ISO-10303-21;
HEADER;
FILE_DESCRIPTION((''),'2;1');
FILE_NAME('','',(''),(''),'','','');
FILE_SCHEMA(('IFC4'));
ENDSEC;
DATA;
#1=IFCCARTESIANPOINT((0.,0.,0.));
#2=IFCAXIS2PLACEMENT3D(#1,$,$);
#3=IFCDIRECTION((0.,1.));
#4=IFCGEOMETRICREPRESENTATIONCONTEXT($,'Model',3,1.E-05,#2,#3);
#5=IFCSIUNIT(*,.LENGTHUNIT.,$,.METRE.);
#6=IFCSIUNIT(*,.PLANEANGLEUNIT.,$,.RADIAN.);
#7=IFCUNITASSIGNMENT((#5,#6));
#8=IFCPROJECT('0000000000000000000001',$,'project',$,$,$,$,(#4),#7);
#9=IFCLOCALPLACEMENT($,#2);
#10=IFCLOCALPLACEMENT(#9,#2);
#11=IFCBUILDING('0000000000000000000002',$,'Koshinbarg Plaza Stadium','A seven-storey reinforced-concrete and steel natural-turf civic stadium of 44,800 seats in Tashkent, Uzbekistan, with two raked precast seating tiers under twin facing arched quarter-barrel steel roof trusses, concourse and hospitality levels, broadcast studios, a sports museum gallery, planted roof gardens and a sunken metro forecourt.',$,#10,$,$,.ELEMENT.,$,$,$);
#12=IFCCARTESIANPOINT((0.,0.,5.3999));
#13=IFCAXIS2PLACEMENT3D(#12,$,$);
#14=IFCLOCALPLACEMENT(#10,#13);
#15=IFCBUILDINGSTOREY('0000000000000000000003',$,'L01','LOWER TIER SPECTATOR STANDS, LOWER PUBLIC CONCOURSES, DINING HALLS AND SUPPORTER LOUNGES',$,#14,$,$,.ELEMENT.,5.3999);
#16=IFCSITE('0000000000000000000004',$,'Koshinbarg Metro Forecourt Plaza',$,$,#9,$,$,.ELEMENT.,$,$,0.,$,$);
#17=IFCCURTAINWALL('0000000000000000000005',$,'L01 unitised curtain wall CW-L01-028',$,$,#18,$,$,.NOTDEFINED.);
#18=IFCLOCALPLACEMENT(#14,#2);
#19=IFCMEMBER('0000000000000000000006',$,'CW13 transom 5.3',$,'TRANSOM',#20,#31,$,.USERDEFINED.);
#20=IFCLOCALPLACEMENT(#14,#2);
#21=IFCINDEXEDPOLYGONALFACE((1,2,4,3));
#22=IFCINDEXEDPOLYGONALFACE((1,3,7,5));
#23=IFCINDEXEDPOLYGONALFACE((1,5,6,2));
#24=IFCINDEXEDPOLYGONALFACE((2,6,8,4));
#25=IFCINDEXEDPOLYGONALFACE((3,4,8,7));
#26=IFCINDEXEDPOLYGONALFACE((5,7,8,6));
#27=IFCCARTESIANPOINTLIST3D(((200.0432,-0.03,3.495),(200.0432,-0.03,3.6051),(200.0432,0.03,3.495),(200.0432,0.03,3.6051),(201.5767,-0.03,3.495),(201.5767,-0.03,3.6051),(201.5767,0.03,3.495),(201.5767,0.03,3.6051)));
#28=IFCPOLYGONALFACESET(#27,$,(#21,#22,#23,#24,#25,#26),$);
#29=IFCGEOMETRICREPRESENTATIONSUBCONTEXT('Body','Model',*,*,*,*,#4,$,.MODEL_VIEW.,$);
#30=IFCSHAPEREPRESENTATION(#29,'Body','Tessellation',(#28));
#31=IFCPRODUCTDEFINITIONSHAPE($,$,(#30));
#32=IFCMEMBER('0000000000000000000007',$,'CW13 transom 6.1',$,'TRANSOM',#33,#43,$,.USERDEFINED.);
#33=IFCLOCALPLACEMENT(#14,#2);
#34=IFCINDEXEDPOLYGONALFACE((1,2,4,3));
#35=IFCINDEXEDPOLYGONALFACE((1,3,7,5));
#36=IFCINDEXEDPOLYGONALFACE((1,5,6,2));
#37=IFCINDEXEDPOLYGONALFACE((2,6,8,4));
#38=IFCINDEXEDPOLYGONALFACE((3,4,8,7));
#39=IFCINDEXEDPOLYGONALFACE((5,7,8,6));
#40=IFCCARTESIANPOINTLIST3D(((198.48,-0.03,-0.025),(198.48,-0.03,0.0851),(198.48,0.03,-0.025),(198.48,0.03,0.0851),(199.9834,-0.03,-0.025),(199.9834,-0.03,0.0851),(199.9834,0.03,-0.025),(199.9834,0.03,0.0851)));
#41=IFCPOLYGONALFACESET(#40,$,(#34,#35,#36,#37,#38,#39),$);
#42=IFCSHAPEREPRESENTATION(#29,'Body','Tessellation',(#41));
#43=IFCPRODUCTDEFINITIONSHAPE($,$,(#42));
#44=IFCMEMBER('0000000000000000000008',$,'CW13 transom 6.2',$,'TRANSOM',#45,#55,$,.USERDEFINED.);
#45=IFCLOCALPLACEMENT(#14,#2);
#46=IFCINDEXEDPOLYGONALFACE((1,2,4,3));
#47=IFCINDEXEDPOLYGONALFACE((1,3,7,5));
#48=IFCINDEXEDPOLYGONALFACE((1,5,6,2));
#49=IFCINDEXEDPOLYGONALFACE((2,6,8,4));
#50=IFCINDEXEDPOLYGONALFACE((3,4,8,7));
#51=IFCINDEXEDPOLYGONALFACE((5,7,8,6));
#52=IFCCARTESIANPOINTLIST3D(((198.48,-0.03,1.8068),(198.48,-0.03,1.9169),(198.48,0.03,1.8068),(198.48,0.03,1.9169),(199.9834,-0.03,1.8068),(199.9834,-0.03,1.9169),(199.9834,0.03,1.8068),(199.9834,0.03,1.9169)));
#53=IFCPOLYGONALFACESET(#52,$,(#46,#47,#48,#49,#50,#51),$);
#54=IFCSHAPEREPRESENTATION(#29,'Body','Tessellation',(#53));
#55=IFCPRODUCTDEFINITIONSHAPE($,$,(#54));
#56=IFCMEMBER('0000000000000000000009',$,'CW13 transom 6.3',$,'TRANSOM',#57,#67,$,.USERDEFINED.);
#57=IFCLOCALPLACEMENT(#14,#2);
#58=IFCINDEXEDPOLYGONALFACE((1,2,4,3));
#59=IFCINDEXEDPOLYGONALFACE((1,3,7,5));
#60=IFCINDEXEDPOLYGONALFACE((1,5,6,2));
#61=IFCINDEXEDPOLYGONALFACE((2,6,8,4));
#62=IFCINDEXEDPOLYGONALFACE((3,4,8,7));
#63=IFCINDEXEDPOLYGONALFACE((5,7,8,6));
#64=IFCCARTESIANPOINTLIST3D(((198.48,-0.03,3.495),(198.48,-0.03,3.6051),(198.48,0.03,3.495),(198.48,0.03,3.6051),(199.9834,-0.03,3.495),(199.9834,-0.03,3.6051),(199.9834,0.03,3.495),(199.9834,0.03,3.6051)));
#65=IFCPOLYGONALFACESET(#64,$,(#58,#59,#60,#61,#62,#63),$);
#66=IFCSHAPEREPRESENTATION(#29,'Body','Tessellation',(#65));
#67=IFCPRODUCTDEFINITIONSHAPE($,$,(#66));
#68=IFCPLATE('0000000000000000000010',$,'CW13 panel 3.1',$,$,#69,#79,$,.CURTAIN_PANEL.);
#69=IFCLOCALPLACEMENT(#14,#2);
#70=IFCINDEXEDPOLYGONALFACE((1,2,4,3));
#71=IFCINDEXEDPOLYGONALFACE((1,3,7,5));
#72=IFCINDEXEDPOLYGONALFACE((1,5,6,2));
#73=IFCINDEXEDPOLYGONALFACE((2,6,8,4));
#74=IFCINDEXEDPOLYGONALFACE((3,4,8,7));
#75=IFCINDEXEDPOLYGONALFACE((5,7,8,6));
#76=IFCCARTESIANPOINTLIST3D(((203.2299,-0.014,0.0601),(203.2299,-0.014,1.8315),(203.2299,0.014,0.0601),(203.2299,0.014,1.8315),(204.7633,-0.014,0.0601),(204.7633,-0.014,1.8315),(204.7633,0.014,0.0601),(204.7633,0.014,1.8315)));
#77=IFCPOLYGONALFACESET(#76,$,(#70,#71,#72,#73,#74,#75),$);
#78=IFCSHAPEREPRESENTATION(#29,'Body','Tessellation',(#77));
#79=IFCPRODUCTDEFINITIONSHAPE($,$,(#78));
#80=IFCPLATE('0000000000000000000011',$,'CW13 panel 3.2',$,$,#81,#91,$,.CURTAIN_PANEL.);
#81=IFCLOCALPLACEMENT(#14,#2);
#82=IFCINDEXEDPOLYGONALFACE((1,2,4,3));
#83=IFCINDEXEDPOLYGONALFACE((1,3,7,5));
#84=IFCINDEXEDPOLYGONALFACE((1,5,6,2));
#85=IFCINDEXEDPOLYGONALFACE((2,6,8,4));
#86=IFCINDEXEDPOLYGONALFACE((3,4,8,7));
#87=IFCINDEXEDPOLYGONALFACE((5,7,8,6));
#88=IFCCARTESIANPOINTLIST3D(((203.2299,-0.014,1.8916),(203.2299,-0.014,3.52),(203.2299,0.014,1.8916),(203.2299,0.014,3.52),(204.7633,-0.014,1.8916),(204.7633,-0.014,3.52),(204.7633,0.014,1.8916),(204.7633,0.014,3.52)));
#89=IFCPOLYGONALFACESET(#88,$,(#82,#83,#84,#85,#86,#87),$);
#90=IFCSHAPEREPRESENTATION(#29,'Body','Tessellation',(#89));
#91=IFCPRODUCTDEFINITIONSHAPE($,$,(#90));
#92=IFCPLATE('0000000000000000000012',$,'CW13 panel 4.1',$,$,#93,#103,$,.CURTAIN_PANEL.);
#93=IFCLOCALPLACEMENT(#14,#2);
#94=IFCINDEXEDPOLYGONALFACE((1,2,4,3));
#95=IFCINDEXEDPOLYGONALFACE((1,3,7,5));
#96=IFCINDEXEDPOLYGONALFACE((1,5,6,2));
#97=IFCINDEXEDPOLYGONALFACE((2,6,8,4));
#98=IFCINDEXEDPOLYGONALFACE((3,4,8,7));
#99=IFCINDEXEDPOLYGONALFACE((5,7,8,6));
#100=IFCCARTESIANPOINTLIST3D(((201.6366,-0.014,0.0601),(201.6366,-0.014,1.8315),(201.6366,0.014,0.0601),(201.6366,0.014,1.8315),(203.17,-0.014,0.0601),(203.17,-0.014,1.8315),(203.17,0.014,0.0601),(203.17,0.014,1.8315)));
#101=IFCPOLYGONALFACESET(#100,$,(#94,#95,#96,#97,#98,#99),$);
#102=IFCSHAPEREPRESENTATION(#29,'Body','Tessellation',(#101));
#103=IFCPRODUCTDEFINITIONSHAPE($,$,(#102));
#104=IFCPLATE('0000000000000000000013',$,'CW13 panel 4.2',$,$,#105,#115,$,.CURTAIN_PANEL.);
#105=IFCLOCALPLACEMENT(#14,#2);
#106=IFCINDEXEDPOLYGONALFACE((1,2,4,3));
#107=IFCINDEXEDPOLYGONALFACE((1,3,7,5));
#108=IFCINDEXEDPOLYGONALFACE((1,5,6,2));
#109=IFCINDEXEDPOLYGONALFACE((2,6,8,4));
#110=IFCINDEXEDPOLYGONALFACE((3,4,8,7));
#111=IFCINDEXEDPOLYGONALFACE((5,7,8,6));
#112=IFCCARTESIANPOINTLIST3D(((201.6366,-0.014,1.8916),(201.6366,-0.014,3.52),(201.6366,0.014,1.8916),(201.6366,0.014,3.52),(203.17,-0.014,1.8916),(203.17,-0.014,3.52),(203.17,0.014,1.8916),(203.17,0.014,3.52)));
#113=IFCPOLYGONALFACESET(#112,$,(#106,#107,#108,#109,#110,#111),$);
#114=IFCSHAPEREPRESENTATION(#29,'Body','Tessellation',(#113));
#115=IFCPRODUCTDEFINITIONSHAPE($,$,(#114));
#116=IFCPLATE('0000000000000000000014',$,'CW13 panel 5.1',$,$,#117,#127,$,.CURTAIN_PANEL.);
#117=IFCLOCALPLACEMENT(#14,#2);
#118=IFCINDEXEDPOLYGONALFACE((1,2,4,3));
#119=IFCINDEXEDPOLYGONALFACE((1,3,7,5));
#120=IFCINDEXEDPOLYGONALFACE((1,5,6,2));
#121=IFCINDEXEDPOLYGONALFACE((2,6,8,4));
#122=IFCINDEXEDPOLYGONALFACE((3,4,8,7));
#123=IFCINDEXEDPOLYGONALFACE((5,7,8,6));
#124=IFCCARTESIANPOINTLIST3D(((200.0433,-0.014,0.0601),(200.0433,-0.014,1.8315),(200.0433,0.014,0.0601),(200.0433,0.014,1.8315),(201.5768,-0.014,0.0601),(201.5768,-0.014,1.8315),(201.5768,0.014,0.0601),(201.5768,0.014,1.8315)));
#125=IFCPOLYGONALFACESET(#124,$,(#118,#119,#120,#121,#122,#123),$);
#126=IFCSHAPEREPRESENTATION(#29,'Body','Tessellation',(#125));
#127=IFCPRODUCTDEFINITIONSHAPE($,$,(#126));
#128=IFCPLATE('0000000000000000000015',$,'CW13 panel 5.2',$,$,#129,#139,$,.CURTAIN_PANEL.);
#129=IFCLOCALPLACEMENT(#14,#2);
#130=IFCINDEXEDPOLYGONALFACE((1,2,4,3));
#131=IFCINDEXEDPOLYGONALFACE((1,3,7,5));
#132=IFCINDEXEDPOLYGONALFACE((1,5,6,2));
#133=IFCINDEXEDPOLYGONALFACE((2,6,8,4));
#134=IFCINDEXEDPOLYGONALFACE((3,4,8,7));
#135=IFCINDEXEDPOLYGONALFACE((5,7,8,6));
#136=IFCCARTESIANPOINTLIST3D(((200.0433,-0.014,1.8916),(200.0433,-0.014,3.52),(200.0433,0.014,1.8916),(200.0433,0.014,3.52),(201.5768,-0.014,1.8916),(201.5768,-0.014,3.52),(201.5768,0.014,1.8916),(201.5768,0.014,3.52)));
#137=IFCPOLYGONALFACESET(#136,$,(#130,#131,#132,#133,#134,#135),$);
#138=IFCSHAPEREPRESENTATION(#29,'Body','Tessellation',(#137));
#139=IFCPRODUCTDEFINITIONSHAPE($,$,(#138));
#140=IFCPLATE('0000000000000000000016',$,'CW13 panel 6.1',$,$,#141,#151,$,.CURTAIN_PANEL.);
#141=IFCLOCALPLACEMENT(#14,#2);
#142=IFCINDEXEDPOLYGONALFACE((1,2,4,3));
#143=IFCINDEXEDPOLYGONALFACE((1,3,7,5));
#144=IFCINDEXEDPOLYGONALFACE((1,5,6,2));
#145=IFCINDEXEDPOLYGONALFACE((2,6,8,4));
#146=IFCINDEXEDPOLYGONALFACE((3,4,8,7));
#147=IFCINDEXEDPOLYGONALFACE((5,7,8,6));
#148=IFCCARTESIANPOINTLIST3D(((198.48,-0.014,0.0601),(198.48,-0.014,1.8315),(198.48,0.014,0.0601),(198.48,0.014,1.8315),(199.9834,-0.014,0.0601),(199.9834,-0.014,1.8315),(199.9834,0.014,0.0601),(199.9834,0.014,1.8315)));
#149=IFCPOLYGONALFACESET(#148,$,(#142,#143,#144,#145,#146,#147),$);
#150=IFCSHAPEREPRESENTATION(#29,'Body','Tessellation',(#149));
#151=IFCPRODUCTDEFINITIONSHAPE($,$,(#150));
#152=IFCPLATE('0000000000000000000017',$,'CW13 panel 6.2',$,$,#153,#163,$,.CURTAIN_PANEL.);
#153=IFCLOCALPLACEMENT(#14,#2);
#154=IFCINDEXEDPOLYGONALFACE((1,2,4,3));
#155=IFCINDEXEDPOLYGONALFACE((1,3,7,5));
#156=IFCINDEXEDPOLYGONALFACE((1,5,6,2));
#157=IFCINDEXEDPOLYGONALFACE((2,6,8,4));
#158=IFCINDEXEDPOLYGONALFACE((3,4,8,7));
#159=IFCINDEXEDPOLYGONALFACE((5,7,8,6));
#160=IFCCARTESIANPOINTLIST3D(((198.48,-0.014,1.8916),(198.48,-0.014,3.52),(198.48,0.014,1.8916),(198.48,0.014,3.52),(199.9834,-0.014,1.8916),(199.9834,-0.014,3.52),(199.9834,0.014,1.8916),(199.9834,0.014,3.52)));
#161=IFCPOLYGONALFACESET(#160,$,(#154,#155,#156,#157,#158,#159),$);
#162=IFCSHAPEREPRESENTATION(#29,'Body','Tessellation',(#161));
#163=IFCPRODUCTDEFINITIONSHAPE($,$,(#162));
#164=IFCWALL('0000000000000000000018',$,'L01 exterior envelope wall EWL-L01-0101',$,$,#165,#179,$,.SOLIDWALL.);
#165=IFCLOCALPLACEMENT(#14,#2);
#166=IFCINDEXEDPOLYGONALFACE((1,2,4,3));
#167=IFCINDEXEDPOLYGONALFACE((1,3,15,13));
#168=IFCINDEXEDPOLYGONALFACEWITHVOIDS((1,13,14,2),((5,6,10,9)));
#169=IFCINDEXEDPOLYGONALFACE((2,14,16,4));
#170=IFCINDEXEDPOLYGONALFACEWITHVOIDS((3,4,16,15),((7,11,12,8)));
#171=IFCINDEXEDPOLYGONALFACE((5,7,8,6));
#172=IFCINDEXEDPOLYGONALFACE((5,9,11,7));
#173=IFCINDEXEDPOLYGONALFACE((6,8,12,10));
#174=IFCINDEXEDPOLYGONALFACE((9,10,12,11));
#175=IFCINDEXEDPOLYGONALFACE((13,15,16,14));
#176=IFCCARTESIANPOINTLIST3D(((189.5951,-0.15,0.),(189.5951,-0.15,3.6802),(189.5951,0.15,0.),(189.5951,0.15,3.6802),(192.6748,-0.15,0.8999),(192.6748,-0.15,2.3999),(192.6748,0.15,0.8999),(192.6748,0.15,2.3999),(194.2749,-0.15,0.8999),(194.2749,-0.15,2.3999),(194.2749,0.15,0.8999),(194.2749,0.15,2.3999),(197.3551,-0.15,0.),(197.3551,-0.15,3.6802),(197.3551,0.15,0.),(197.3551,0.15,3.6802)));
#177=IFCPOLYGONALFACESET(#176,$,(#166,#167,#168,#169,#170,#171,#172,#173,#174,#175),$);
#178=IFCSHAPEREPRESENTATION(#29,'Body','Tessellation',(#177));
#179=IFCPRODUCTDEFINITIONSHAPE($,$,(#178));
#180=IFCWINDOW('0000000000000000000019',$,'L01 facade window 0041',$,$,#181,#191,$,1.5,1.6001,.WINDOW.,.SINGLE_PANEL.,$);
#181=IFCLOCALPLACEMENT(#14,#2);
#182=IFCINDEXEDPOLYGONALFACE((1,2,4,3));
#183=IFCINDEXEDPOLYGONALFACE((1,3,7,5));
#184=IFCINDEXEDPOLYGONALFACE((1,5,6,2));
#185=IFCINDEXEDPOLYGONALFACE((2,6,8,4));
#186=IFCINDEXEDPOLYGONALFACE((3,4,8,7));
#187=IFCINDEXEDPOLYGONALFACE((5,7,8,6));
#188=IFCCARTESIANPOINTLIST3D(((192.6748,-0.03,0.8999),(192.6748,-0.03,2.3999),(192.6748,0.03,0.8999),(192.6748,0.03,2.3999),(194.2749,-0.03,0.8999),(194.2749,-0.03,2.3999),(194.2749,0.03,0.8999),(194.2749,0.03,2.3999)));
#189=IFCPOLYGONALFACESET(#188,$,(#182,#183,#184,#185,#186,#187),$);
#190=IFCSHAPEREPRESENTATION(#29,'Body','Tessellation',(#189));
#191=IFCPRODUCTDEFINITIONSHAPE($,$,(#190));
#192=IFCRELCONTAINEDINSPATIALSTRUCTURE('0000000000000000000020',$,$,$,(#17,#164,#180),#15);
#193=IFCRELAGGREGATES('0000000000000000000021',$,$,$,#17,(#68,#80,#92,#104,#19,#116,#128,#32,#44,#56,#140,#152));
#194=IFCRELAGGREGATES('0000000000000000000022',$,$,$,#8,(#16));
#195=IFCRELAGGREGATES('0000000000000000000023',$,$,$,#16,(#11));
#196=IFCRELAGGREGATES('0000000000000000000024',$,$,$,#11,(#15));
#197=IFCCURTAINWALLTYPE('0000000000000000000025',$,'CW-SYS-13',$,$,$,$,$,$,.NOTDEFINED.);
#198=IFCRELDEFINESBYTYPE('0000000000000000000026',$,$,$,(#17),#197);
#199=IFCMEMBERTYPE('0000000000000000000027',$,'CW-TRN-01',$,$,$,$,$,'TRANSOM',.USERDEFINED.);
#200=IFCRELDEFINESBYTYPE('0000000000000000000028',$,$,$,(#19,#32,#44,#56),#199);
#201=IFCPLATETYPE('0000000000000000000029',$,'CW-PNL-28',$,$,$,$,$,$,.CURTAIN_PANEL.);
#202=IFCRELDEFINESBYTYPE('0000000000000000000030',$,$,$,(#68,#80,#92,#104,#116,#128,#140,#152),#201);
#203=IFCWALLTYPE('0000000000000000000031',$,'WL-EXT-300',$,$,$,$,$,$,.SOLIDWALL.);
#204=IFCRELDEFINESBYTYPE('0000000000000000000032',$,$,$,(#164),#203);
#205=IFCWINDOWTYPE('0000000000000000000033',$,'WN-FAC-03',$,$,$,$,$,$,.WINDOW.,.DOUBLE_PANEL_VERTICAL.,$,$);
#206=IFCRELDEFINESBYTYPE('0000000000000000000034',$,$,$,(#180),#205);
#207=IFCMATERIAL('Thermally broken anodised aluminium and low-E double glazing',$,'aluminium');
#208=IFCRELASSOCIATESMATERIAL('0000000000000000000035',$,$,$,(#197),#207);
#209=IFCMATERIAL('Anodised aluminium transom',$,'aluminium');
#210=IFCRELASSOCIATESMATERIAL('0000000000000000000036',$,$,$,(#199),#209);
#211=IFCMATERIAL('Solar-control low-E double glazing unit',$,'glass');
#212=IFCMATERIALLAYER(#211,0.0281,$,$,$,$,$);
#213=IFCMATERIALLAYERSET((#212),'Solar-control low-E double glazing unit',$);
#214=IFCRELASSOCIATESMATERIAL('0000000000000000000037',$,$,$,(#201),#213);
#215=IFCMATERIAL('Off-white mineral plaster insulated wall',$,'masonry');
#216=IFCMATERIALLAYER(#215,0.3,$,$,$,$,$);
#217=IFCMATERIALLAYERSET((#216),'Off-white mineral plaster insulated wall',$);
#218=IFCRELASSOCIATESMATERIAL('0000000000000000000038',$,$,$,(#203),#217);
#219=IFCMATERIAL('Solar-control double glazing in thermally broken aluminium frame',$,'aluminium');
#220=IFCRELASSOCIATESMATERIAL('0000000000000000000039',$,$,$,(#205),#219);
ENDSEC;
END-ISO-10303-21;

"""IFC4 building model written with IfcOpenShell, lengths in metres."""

from ifc_helpers import new_model, si_unit, direction, frame, frame_2d, origin, origin_2d, place, context, subcontext, project, spatial, rectangle, extrude, material, layer, layer_set, material_profile, profile_set, type_object, element, fill, aggregate, save


model = new_model("IFC4")

# Units and contexts
model_context = context("Model", 3, precision=1e-05, world=origin(), true_north=direction((0.0, 1.0)))
body_context = subcontext(model_context, "Body", "Model", "MODEL_VIEW")
ifc_project = project(units=[si_unit("LENGTHUNIT", "METRE"), si_unit("PLANEANGLEUNIT", "RADIAN")], contexts=[model_context])

# Site, building, storey
site_placement = place(None, origin())
site = spatial("IfcSite", under=ifc_project, at=site_placement, Name="Koshinbarg Metro Forecourt Plaza", CompositionType="ELEMENT", RefElevation=0.0)
building_placement = place(site_placement, origin())
building = spatial("IfcBuilding", under=site, at=building_placement, Name="Koshinbarg Plaza Stadium", Description="A seven-storey reinforced-concrete and steel natural-turf civic stadium of 44,800 seats in Tashkent, Uzbekistan, with two raked precast seating tiers under twin facing arched quarter-barrel steel roof trusses, concourse and hospitality levels, broadcast studios, a sports museum gallery, planted roof gardens and a sunken metro forecourt.", CompositionType="ELEMENT")
storey_placement = place(building_placement, frame((0.0, 0.0, 5.3999)))
storey = spatial("IfcBuildingStorey", under=building, at=storey_placement, Name="L01", Description="LOWER TIER SPECTATOR STANDS, LOWER PUBLIC CONCOURSES, DINING HALLS AND SUPPORTER LOUNGES", CompositionType="ELEMENT", Elevation=5.3999)

# Curtain wall, members, plates
ifc_material_1 = material(Name="Thermally broken anodised aluminium and low-E double glazing", Category="aluminium")
curtain_wall_type = type_object("IfcCurtainWallType", Name="CW-SYS-13", PredefinedType="NOTDEFINED", material=ifc_material_1)
curtain_wall_placement = place(storey_placement, origin())
curtain_wall = element("IfcCurtainWall", 1, at=curtain_wall_placement, inside=storey, type_object=curtain_wall_type, Name="L01 unitised curtain wall CW-L01-028", PredefinedType="NOTDEFINED")
ifc_material_2 = material(Name="Anodised aluminium transom", Category="aluminium")
ifc_material_profile_1 = material_profile(ifc_material_2, rectangle(XDim=0.0601, YDim=0.1101, at=origin_2d()), Name="ALU 60x110")
ifc_profile_set_1 = profile_set([ifc_material_profile_1], Name="Anodised aluminium transom")
member_type_1 = type_object("IfcMemberType", Name="CW-TRN-01", ElementType="TRANSOM", PredefinedType="USERDEFINED", material=ifc_profile_set_1)
member_1_placement = place(storey_placement, frame((201.5767, 0.0, 3.55), z_axis=(-1.0, 0.0, 0.0), x_axis=(0.0, -1.0, 0.0)))
member_1 = element("IfcMember", 2, at=member_1_placement, type_object=member_type_1, Name="CW13 transom 5.3", ObjectType="TRANSOM", PredefinedType="USERDEFINED", context=body_context, shape_type="SweptSolid", body=[
    extrude(rectangle(XDim=0.0601, YDim=0.1101, at=origin_2d()), origin(), (0.0, 0.0, 1.0), 1.5334),
])
member_2_placement = place(storey_placement, frame((199.9834, 0.0, 0.03), z_axis=(-1.0, 0.0, 0.0), x_axis=(0.0, -1.0, 0.0)))
member_2 = element("IfcMember", 3, at=member_2_placement, type_object=member_type_1, Name="CW13 transom 6.1", ObjectType="TRANSOM", PredefinedType="USERDEFINED", context=body_context, shape_type="SweptSolid", body=[
    extrude(rectangle(XDim=0.0601, YDim=0.1101, at=origin_2d()), origin(), (0.0, 0.0, 1.0), 1.5034),
])
member_3_placement = place(storey_placement, frame((199.9834, 0.0, 1.8618), z_axis=(-1.0, 0.0, 0.0), x_axis=(0.0, -1.0, 0.0)))
member_3 = element("IfcMember", 4, at=member_3_placement, type_object=member_type_1, Name="CW13 transom 6.2", ObjectType="TRANSOM", PredefinedType="USERDEFINED", context=body_context, shape_type="SweptSolid", body=[
    extrude(rectangle(XDim=0.0601, YDim=0.1101, at=origin_2d()), origin(), (0.0, 0.0, 1.0), 1.5034),
])
member_4_placement = place(storey_placement, frame((199.9834, 0.0, 3.55), z_axis=(-1.0, 0.0, 0.0), x_axis=(0.0, -1.0, 0.0)))
member_4 = element("IfcMember", 5, at=member_4_placement, type_object=member_type_1, Name="CW13 transom 6.3", ObjectType="TRANSOM", PredefinedType="USERDEFINED", context=body_context, shape_type="SweptSolid", body=[
    extrude(rectangle(XDim=0.0601, YDim=0.1101, at=origin_2d()), origin(), (0.0, 0.0, 1.0), 1.5034),
])
ifc_material_3 = material(Name="Solar-control low-E double glazing unit", Category="glass")
ifc_layer_1 = layer(ifc_material_3, 0.0281)
ifc_layer_set_1 = layer_set([ifc_layer_1], Name="Solar-control low-E double glazing unit")
plate_type = type_object("IfcPlateType", Name="CW-PNL-28", PredefinedType="CURTAIN_PANEL", material=ifc_layer_set_1)
plate_1_placement = place(storey_placement, frame((203.9966, 0.0, 0.0601), z_axis=(0.0, 0.0, 1.0), x_axis=(-1.0, 0.0, 0.0)))
plate_1 = element("IfcPlate", 6, at=plate_1_placement, type_object=plate_type, Name="CW13 panel 3.1", PredefinedType="CURTAIN_PANEL", context=body_context, shape_type="SweptSolid", body=[
    extrude(rectangle(XDim=1.5334, YDim=0.0281, at=origin_2d()), origin(), (0.0, 0.0, 1.0), 1.7715),
])
plate_2_placement = place(storey_placement, frame((203.9966, 0.0, 1.8916), z_axis=(0.0, 0.0, 1.0), x_axis=(-1.0, 0.0, 0.0)))
plate_2 = element("IfcPlate", 7, at=plate_2_placement, type_object=plate_type, Name="CW13 panel 3.2", PredefinedType="CURTAIN_PANEL", context=body_context, shape_type="SweptSolid", body=[
    extrude(rectangle(XDim=1.5334, YDim=0.0281, at=origin_2d()), origin(), (0.0, 0.0, 1.0), 1.6284),
])
plate_3_placement = place(storey_placement, frame((202.4033, 0.0, 0.0601), z_axis=(0.0, 0.0, 1.0), x_axis=(-1.0, 0.0, 0.0)))
plate_3 = element("IfcPlate", 8, at=plate_3_placement, type_object=plate_type, Name="CW13 panel 4.1", PredefinedType="CURTAIN_PANEL", context=body_context, shape_type="SweptSolid", body=[
    extrude(rectangle(XDim=1.5334, YDim=0.0281, at=origin_2d()), origin(), (0.0, 0.0, 1.0), 1.7715),
])
plate_4_placement = place(storey_placement, frame((202.4033, 0.0, 1.8916), z_axis=(0.0, 0.0, 1.0), x_axis=(-1.0, 0.0, 0.0)))
plate_4 = element("IfcPlate", 9, at=plate_4_placement, type_object=plate_type, Name="CW13 panel 4.2", PredefinedType="CURTAIN_PANEL", context=body_context, shape_type="SweptSolid", body=[
    extrude(rectangle(XDim=1.5334, YDim=0.0281, at=origin_2d()), origin(), (0.0, 0.0, 1.0), 1.6284),
])
plate_5_placement = place(storey_placement, frame((200.8101, 0.0, 0.0601), z_axis=(0.0, 0.0, 1.0), x_axis=(-1.0, 0.0, 0.0)))
plate_5 = element("IfcPlate", 10, at=plate_5_placement, type_object=plate_type, Name="CW13 panel 5.1", PredefinedType="CURTAIN_PANEL", context=body_context, shape_type="SweptSolid", body=[
    extrude(rectangle(XDim=1.5334, YDim=0.0281, at=origin_2d()), origin(), (0.0, 0.0, 1.0), 1.7715),
])
plate_6_placement = place(storey_placement, frame((200.8101, 0.0, 1.8916), z_axis=(0.0, 0.0, 1.0), x_axis=(-1.0, 0.0, 0.0)))
plate_6 = element("IfcPlate", 11, at=plate_6_placement, type_object=plate_type, Name="CW13 panel 5.2", PredefinedType="CURTAIN_PANEL", context=body_context, shape_type="SweptSolid", body=[
    extrude(rectangle(XDim=1.5334, YDim=0.0281, at=origin_2d()), origin(), (0.0, 0.0, 1.0), 1.6284),
])
plate_7_placement = place(storey_placement, frame((199.2317, 0.0, 0.0601), z_axis=(0.0, 0.0, 1.0), x_axis=(-1.0, 0.0, 0.0)))
plate_7 = element("IfcPlate", 12, at=plate_7_placement, type_object=plate_type, Name="CW13 panel 6.1", PredefinedType="CURTAIN_PANEL", context=body_context, shape_type="SweptSolid", body=[
    extrude(rectangle(XDim=1.5034, YDim=0.0281, at=origin_2d()), origin(), (0.0, 0.0, 1.0), 1.7715),
])
plate_8_placement = place(storey_placement, frame((199.2317, 0.0, 1.8916), z_axis=(0.0, 0.0, 1.0), x_axis=(-1.0, 0.0, 0.0)))
plate_8 = element("IfcPlate", 13, at=plate_8_placement, type_object=plate_type, Name="CW13 panel 6.2", PredefinedType="CURTAIN_PANEL", context=body_context, shape_type="SweptSolid", body=[
    extrude(rectangle(XDim=1.5034, YDim=0.0281, at=origin_2d()), origin(), (0.0, 0.0, 1.0), 1.6284),
])
aggregate(curtain_wall, [plate_1, plate_2, plate_3, plate_4, member_1, plate_5, plate_6, member_2, member_3, member_4, plate_7, plate_8])

# Wall, opening, window
ifc_material_4 = material(Name="Off-white mineral plaster insulated wall", Category="masonry")
ifc_layer_2 = layer(ifc_material_4, 0.3)
ifc_layer_set_2 = layer_set([ifc_layer_2], Name="Off-white mineral plaster insulated wall")
wall_type = type_object("IfcWallType", Name="WL-EXT-300", PredefinedType="SOLIDWALL", material=ifc_layer_set_2)
wall_placement = place(storey_placement, frame((197.355, 0.0, 0.0), z_axis=(0.0, 0.0, 1.0), x_axis=(-1.0, 0.0, 0.0)))
wall = element("IfcWall", 14, at=wall_placement, inside=storey, type_object=wall_type, Name="L01 exterior envelope wall EWL-L01-0101", PredefinedType="SOLIDWALL", context=body_context, shape_type="SweptSolid", body=[
    extrude(rectangle(XDim=7.76, YDim=0.3, at=frame_2d((3.8799, 0.0))), origin(), (0.0, 0.0, 1.0), 3.6802),
])
opening_placement = place(wall_placement, frame((3.0801, 0.0, 0.8999)))
opening = element("IfcOpeningElement", 15, at=opening_placement, cuts=wall, PredefinedType="OPENING", context=body_context, shape_type="SweptSolid", body=[
    extrude(rectangle(XDim=1.6001, YDim=1.5, at=frame_2d((0.8, 0.75))), frame((0.0, 0.1599, 0.0), z_axis=(0.0, -1.0, 0.0), x_axis=(1.0, 0.0, 0.0)), (0.0, 0.0, 1.0), 0.3201),
])
ifc_material_5 = material(Name="Solar-control double glazing in thermally broken aluminium frame", Category="aluminium")
window_type = type_object("IfcWindowType", Name="WN-FAC-03", PartitioningType="DOUBLE_PANEL_VERTICAL", PredefinedType="WINDOW", material=ifc_material_5)
window_placement = place(opening_placement, origin())
window = element("IfcWindow", 16, at=window_placement, inside=storey, type_object=window_type, Name="L01 facade window 0041", OverallHeight=1.5, OverallWidth=1.6001, PartitioningType="SINGLE_PANEL", PredefinedType="WINDOW", context=body_context, shape_type="SweptSolid", body=[
    extrude(rectangle(XDim=1.6001, YDim=1.5, at=frame_2d((0.8, 0.75))), frame((0.0, 0.03, 0.0), z_axis=(0.0, -1.0, 0.0), x_axis=(1.0, 0.0, 0.0)), (0.0, 0.0, 1.0), 0.0601),
])
fill(opening, window)

save(model, "model.ifc")
